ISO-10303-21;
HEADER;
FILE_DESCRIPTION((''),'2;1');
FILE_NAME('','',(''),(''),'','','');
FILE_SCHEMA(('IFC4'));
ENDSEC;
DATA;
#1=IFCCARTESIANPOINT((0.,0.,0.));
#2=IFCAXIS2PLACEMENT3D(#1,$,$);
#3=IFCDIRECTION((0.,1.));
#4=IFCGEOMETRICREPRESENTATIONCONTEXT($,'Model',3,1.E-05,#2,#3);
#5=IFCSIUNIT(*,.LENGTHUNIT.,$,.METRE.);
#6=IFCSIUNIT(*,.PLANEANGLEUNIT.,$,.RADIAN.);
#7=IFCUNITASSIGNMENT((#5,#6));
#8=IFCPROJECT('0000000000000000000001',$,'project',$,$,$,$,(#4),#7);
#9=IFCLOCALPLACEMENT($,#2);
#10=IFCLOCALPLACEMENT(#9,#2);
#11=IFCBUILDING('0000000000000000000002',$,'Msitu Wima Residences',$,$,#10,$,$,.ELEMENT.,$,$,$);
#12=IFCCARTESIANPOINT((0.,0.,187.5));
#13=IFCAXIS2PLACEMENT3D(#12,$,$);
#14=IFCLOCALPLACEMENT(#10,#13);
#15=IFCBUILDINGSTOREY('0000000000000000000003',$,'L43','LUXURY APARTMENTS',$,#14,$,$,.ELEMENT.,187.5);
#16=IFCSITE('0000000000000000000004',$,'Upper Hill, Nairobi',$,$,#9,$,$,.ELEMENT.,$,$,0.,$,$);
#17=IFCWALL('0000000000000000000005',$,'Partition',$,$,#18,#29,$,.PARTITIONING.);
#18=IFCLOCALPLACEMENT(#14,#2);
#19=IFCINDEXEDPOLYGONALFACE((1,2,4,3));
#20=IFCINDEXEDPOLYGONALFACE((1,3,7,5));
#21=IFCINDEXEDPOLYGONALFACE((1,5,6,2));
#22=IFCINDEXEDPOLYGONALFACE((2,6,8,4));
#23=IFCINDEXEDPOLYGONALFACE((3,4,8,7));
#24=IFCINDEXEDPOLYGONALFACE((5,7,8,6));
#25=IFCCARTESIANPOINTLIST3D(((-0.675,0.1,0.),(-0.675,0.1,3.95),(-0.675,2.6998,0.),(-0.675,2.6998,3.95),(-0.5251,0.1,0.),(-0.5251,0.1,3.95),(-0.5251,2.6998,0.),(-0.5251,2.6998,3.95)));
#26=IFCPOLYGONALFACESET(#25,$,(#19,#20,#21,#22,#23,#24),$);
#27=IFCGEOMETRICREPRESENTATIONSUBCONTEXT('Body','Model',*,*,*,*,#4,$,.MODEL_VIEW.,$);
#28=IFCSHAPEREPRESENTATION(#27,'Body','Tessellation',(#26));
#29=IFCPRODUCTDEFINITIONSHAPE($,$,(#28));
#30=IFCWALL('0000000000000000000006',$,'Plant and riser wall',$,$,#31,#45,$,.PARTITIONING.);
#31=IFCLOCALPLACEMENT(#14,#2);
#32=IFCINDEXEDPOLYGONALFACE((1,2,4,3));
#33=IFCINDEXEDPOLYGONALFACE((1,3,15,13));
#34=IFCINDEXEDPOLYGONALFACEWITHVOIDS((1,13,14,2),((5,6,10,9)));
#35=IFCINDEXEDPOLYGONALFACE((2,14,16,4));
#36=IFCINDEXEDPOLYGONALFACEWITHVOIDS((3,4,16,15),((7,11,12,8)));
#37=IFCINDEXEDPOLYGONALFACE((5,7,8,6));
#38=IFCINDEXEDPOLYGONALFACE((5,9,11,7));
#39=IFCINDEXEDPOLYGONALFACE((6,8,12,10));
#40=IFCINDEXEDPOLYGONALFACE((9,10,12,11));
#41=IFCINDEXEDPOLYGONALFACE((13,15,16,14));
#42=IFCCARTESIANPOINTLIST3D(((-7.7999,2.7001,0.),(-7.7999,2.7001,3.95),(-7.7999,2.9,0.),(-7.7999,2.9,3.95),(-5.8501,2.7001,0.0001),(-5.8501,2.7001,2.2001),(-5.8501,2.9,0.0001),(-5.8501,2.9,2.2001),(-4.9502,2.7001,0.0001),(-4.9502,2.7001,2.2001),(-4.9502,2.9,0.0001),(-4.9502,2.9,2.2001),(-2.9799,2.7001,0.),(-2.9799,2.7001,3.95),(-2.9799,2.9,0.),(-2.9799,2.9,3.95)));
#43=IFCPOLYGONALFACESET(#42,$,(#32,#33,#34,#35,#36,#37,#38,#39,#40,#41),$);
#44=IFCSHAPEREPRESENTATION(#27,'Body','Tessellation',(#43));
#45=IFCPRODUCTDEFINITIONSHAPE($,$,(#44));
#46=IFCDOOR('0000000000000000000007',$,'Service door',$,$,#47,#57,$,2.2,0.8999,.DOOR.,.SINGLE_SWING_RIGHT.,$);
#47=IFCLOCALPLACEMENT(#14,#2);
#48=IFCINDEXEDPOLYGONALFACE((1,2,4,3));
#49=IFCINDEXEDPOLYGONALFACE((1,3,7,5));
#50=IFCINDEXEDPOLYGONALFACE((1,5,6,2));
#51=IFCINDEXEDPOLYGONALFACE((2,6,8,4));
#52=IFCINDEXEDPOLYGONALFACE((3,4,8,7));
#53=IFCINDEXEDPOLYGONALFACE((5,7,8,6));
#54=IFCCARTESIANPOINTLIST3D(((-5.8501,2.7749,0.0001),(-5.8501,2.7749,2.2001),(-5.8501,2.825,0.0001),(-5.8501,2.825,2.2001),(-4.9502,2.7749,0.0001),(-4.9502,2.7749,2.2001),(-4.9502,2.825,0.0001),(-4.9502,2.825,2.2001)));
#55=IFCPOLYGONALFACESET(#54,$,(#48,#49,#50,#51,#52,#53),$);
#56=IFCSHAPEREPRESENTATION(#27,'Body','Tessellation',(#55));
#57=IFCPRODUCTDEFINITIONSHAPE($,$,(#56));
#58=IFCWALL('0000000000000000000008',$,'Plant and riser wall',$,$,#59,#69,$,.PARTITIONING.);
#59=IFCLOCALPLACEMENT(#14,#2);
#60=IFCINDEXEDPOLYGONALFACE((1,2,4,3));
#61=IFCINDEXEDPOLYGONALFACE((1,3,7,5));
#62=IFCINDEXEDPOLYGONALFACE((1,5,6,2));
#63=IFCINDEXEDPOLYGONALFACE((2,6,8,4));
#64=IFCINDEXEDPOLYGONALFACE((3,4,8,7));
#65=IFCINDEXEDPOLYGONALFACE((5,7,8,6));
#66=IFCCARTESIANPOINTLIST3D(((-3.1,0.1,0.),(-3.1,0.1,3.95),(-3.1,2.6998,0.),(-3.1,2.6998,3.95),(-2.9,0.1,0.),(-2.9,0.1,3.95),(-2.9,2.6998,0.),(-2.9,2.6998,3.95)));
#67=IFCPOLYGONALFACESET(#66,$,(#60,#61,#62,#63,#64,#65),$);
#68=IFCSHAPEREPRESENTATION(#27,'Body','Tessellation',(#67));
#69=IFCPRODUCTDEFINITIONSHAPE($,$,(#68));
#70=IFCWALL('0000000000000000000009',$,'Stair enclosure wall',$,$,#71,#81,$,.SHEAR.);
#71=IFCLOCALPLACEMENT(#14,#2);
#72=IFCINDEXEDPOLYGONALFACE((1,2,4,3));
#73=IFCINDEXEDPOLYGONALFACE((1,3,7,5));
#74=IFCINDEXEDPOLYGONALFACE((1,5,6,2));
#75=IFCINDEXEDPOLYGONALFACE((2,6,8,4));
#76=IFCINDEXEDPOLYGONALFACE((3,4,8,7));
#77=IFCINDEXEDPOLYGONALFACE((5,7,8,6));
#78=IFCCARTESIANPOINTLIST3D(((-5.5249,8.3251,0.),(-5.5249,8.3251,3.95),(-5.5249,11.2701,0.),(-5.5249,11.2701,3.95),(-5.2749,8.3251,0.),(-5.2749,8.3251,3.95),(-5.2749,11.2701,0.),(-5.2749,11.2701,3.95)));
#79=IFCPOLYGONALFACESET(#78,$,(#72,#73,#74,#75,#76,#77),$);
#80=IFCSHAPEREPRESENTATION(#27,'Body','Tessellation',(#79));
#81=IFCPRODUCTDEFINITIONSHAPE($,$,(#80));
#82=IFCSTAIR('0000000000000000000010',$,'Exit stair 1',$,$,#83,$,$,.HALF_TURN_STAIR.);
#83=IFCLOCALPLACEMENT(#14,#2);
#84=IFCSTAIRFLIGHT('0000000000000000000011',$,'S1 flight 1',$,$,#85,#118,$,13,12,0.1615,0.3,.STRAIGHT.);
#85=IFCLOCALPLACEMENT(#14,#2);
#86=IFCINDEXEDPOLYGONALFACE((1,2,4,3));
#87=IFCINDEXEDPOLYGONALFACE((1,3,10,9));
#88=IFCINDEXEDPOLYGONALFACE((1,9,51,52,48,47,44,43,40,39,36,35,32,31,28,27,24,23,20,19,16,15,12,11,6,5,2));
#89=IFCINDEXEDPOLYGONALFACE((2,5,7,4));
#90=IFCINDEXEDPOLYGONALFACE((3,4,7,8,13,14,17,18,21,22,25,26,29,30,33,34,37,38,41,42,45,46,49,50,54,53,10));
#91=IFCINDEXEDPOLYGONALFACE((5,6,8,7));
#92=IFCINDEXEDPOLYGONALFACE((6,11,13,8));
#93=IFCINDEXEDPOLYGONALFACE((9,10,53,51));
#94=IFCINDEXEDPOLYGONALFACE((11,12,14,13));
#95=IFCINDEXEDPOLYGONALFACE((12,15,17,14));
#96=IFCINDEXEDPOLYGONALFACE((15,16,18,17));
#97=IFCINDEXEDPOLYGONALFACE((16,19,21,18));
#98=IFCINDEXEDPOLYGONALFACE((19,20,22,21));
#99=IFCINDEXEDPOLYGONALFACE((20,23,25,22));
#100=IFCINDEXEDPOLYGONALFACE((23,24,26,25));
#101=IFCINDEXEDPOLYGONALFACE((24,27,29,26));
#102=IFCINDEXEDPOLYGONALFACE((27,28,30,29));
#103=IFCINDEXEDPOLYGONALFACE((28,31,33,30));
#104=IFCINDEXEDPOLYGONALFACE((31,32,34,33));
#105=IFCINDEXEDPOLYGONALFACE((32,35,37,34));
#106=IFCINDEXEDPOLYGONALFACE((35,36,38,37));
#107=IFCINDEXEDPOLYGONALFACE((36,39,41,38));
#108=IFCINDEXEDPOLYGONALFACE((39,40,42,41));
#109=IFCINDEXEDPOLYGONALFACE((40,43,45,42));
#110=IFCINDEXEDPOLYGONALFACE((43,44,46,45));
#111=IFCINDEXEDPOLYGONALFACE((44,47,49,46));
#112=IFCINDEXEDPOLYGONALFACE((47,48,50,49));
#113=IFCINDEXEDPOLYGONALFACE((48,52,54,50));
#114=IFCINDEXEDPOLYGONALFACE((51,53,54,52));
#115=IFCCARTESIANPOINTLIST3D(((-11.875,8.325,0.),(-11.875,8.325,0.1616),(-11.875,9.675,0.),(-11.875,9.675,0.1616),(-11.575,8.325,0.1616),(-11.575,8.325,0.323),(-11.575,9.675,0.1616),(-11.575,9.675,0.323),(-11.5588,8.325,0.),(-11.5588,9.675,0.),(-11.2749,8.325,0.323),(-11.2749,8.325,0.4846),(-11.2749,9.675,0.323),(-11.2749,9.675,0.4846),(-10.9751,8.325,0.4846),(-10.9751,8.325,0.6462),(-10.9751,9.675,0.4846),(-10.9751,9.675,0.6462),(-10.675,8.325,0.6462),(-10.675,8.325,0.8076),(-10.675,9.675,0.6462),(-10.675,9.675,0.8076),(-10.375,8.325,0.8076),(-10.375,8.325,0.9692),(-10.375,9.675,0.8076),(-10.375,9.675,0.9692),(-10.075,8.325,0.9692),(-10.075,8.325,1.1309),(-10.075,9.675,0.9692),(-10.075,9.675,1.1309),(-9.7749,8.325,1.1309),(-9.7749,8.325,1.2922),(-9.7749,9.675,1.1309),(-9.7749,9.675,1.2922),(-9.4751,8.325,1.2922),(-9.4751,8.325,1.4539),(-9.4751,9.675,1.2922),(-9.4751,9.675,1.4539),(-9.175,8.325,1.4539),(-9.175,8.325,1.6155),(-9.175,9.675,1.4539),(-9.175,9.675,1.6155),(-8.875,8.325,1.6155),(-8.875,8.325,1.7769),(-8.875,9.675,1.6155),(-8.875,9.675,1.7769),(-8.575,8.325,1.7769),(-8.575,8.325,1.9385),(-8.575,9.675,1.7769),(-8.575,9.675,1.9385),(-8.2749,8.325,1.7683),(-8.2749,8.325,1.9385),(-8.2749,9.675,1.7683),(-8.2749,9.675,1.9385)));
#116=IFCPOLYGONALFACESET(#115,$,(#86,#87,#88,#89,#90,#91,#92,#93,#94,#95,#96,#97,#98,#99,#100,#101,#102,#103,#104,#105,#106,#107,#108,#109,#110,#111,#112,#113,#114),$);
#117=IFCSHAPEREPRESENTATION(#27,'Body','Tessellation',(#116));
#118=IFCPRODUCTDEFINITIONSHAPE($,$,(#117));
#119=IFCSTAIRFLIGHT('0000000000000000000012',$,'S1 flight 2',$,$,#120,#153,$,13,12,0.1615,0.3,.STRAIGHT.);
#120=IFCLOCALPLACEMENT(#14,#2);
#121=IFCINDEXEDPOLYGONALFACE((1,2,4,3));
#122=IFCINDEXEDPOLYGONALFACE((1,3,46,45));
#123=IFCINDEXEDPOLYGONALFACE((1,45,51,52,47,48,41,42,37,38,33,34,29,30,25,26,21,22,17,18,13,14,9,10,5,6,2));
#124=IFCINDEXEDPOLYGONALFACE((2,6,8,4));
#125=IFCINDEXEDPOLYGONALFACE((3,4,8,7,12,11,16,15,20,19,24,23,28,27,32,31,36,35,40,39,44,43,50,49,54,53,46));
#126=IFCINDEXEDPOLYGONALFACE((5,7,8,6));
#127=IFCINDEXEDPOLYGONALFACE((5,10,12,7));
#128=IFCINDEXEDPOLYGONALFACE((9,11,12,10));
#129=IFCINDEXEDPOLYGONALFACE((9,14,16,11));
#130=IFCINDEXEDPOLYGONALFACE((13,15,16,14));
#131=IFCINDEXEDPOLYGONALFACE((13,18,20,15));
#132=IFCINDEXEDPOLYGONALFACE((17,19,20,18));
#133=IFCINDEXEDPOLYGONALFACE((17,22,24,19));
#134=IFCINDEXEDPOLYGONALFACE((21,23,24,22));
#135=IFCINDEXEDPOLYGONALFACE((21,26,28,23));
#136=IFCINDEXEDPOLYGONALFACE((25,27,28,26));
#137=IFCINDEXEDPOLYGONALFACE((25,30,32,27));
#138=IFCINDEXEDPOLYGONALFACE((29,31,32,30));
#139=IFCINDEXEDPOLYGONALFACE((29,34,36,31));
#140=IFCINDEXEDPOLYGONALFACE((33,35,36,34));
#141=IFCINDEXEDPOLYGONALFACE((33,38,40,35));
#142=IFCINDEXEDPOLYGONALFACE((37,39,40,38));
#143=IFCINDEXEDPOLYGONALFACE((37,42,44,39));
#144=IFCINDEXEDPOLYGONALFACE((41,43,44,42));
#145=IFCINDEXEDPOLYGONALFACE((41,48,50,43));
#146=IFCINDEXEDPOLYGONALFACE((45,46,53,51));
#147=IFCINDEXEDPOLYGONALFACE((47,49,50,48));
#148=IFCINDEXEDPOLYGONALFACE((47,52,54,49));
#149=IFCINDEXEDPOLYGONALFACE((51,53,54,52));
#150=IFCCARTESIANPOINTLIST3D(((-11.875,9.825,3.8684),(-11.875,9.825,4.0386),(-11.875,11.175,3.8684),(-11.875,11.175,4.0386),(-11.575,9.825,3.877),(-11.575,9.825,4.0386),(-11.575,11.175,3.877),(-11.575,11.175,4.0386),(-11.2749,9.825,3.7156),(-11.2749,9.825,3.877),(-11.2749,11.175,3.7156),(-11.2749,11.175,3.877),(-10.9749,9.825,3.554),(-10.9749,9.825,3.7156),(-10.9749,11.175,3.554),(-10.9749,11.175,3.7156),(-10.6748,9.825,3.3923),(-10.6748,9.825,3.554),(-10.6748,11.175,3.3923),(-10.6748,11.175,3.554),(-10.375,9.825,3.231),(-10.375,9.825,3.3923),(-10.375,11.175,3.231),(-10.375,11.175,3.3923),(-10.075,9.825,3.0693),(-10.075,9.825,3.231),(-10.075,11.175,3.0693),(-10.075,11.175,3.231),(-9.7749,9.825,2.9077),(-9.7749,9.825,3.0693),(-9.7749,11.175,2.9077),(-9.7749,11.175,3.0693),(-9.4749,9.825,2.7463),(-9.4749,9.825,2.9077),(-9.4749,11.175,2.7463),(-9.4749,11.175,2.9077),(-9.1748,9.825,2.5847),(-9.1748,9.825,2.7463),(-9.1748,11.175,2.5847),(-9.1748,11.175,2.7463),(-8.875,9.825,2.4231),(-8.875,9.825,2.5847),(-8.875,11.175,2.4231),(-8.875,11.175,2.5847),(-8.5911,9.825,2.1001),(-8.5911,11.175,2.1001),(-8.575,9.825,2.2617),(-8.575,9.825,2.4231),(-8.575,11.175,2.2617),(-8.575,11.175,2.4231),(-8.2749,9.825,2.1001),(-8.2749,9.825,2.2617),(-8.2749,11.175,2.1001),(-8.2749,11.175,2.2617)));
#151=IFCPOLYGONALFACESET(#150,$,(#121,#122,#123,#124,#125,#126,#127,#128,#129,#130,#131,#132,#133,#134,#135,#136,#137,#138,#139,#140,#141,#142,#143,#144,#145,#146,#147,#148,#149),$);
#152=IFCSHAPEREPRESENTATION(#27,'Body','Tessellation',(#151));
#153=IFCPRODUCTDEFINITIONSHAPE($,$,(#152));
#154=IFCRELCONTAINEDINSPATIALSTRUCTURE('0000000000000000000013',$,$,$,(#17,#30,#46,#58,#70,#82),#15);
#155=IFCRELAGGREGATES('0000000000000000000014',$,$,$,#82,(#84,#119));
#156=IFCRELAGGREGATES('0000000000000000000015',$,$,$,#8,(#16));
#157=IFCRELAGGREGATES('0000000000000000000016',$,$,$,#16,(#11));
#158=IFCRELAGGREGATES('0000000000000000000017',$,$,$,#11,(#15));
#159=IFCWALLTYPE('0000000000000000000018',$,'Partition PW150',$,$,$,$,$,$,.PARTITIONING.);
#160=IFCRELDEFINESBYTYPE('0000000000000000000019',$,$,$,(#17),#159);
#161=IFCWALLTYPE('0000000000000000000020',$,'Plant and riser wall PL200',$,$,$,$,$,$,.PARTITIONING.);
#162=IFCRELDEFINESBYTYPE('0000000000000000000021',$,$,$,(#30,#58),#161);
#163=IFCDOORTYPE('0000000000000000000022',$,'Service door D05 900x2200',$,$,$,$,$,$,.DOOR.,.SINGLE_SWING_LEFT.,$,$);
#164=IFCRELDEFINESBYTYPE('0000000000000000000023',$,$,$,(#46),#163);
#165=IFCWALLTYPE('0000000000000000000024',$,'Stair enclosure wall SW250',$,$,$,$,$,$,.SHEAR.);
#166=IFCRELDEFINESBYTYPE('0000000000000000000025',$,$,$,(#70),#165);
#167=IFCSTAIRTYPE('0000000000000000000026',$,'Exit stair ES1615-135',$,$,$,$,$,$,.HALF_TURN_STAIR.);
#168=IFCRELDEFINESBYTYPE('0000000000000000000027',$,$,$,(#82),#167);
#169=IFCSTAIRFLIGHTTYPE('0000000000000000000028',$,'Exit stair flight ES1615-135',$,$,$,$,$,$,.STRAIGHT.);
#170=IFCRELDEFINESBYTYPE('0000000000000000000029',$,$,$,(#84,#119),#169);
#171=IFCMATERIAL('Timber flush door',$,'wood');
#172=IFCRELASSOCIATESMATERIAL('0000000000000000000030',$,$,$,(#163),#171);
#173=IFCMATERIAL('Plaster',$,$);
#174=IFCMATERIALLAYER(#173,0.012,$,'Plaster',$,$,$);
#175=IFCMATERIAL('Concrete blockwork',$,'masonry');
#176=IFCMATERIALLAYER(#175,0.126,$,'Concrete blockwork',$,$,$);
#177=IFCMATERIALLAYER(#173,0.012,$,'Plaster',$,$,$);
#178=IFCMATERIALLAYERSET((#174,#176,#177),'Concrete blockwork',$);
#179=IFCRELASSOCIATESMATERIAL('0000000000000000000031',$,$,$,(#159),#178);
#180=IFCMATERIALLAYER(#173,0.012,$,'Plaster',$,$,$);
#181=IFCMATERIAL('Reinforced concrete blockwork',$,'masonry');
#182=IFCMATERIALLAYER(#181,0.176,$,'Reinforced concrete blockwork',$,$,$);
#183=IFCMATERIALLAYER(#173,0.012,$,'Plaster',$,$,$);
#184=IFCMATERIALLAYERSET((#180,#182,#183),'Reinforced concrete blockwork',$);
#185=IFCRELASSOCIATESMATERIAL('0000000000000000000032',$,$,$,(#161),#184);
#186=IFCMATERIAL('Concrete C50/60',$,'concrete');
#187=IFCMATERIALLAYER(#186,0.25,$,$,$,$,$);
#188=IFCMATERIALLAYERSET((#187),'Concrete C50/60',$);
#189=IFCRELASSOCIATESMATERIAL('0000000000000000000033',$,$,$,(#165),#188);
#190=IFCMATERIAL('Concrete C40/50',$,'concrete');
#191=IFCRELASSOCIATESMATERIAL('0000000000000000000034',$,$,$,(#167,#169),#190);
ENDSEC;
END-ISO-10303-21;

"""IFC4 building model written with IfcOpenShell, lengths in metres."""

from ifc_helpers import new_model, si_unit, direction, frame, frame_2d, origin, place, context, subcontext, project, spatial, polyline, rectangle, outline, extrude, material, layer, layer_set, type_object, element, fill, aggregate, save


model = new_model("IFC4")

# Units and contexts
model_context = context("Model", 3, precision=1e-05, world=origin(), true_north=direction((0.0, 1.0)))
body_context = subcontext(model_context, "Body", "Model", "MODEL_VIEW")
ifc_project = project(units=[si_unit("LENGTHUNIT", "METRE"), si_unit("PLANEANGLEUNIT", "RADIAN")], contexts=[model_context])

# Site, building, storey
site_placement = place(None, origin())
site = spatial("IfcSite", under=ifc_project, at=site_placement, Name="Upper Hill, Nairobi", CompositionType="ELEMENT", RefElevation=0.0)
building_placement = place(site_placement, origin())
building = spatial("IfcBuilding", under=site, at=building_placement, Name="Msitu Wima Residences", CompositionType="ELEMENT")
storey_placement = place(building_placement, frame((0.0, 0.0, 187.5)))
storey = spatial("IfcBuildingStorey", under=building, at=storey_placement, Name="L43", Description="LUXURY APARTMENTS", CompositionType="ELEMENT", Elevation=187.5)

# Shared definitions
ifc_material_1 = material(Name="Concrete C40/50", Category="concrete")

# Shared definitions
ifc_material_2 = material(Name="Plaster")
ifc_material_3 = material(Name="Concrete blockwork", Category="masonry")
ifc_material_4 = material(Name="Timber flush door", Category="wood")
door_type_1 = type_object("IfcDoorType", Name="Service door D05 900x2200", OperationType="SINGLE_SWING_LEFT", PredefinedType="DOOR", material=ifc_material_4)

# Wall
ifc_layer_1 = layer(ifc_material_2, 0.012, Name="Plaster")
ifc_layer_2 = layer(ifc_material_3, 0.126, Name="Concrete blockwork")
ifc_layer_3 = layer(ifc_material_2, 0.012, Name="Plaster")
ifc_layer_set_1 = layer_set([ifc_layer_1, ifc_layer_2, ifc_layer_3], Name="Concrete blockwork")
wall_type_1 = type_object("IfcWallType", Name="Partition PW150", PredefinedType="PARTITIONING", material=ifc_layer_set_1)
wall_1_placement = place(storey_placement, frame((-0.6001, 0.1001, 0.0), z_axis=(0.0, 0.0, 1.0), x_axis=(0.0, 1.0, 0.0)))
element("IfcWall", 1, at=wall_1_placement, inside=storey, type_object=wall_type_1, Name="Partition", PredefinedType="PARTITIONING", context=body_context, shape_type="SweptSolid", body=[
    extrude(rectangle(XDim=2.5999, YDim=0.1499, at=frame_2d((1.2998, 0.0))), origin(), (0.0, 0.0, 1.0), 3.95),
])

# Wall, opening, door
ifc_layer_4 = layer(ifc_material_2, 0.012, Name="Plaster")
ifc_material_5 = material(Name="Reinforced concrete blockwork", Category="masonry")
ifc_layer_5 = layer(ifc_material_5, 0.176, Name="Reinforced concrete blockwork")
ifc_layer_6 = layer(ifc_material_2, 0.012, Name="Plaster")
ifc_layer_set_2 = layer_set([ifc_layer_4, ifc_layer_5, ifc_layer_6], Name="Reinforced concrete blockwork")
wall_type_2 = type_object("IfcWallType", Name="Plant and riser wall PL200", PredefinedType="PARTITIONING", material=ifc_layer_set_2)
wall_2_placement = place(storey_placement, frame((-7.8, 2.8, 0.0), z_axis=(0.0, 0.0, 1.0), x_axis=(1.0, 0.0, 0.0)))
wall_2 = element("IfcWall", 2, at=wall_2_placement, inside=storey, type_object=wall_type_2, Name="Plant and riser wall", PredefinedType="PARTITIONING", context=body_context, shape_type="SweptSolid", body=[
    extrude(rectangle(XDim=4.8201, YDim=0.2, at=frame_2d((2.4102, 0.0))), origin(), (0.0, 0.0, 1.0), 3.95),
])
opening_1_placement = place(wall_2_placement, frame((1.95, 0.0, 0.0)))
opening_1 = element("IfcOpeningElement", 3, at=opening_1_placement, cuts=wall_2, PredefinedType="OPENING", context=body_context, shape_type="SweptSolid", body=[
    extrude(rectangle(XDim=0.8999, YDim=2.2, at=frame_2d((0.45, 1.1001))), frame((0.0, 0.1099, 0.0), z_axis=(0.0, -1.0, 0.0), x_axis=(1.0, 0.0, 0.0)), (0.0, 0.0, 1.0), 0.22),
])
door_1_placement = place(opening_1_placement, origin())
door_1 = element("IfcDoor", 4, at=door_1_placement, inside=storey, type_object=door_type_1, Name="Service door", OperationType="SINGLE_SWING_RIGHT", OverallHeight=2.2, OverallWidth=0.8999, PredefinedType="DOOR", context=body_context, shape_type="SweptSolid", body=[
    extrude(rectangle(XDim=0.8999, YDim=2.2, at=frame_2d((0.45, 1.1001))), frame((0.0, 0.0249, 0.0), z_axis=(0.0, -1.0, 0.0), x_axis=(1.0, 0.0, 0.0)), (0.0, 0.0, 1.0), 0.05),
])
fill(opening_1, door_1)

# Walls
wall_3_placement = place(storey_placement, frame((-3.0, 0.1001, 0.0), z_axis=(0.0, 0.0, 1.0), x_axis=(0.0, 1.0, 0.0)))
element("IfcWall", 5, at=wall_3_placement, inside=storey, type_object=wall_type_2, Name="Plant and riser wall", PredefinedType="PARTITIONING", context=body_context, shape_type="SweptSolid", body=[
    extrude(rectangle(XDim=2.5999, YDim=0.2, at=frame_2d((1.2998, 0.0))), origin(), (0.0, 0.0, 1.0), 3.95),
])
ifc_material_6 = material(Name="Concrete C50/60", Category="concrete")
ifc_layer_7 = layer(ifc_material_6, 0.25)
ifc_layer_set_3 = layer_set([ifc_layer_7], Name="Concrete C50/60")
wall_type_3 = type_object("IfcWallType", Name="Stair enclosure wall SW250", PredefinedType="SHEAR", material=ifc_layer_set_3)
wall_4_placement = place(storey_placement, frame((-5.3999, 8.325, 0.0), z_axis=(0.0, 0.0, 1.0), x_axis=(0.0, 1.0, 0.0)))
element("IfcWall", 6, at=wall_4_placement, inside=storey, type_object=wall_type_3, Name="Stair enclosure wall", PredefinedType="SHEAR", context=body_context, shape_type="SweptSolid", body=[
    extrude(rectangle(XDim=2.9451, YDim=0.25, at=frame_2d((1.4727, 0.0))), origin(), (0.0, 0.0, 1.0), 3.95),
])

# Stair, stair flights
stair_type = type_object("IfcStairType", Name="Exit stair ES1615-135", PredefinedType="HALF_TURN_STAIR", material=ifc_material_1)
stair_placement = place(storey_placement, origin())
stair = element("IfcStair", 7, at=stair_placement, inside=storey, type_object=stair_type, Name="Exit stair 1", PredefinedType="HALF_TURN_STAIR")
stair_flight_type = type_object("IfcStairFlightType", Name="Exit stair flight ES1615-135", PredefinedType="STRAIGHT", material=ifc_material_1)
stair_flight_1_placement = place(storey_placement, frame((-11.875, 9.0, 0.0), z_axis=(0.0, 0.0, 1.0), x_axis=(1.0, 0.0, 0.0)))
stair_flight_1 = element("IfcStairFlight", 8, at=stair_flight_1_placement, type_object=stair_flight_type, Name="S1 flight 1", NumberOfRisers=13, NumberOfTreads=12, PredefinedType="STRAIGHT", RiserHeight=0.1615, TreadLength=0.3, context=body_context, shape_type="SweptSolid", body=[
    extrude(outline(polyline([(0.0, 0.0), (0.0, 0.1616), (0.3, 0.1616), (0.3, 0.323), (0.6001, 0.323), (0.6001, 0.4846), (0.8999, 0.4846), (0.8999, 0.6462), (1.2, 0.6462), (1.2, 0.8076), (1.5, 0.8076), (1.5, 0.9692), (1.8, 0.9692), (1.8, 1.1309), (2.1001, 1.1309), (2.1001, 1.2922), (2.3999, 1.2922), (2.3999, 1.4539), (2.7, 1.4539), (2.7, 1.6155), (3.0, 1.6155), (3.0, 1.7769), (3.3, 1.7769), (3.3, 1.9385), (3.6001, 1.9385), (3.6001, 2.1001), (3.6001, 1.7683), (0.3162, 0.0), (0.0, 0.0)])), frame((0.0, 0.675, 0.0), z_axis=(0.0, -1.0, 0.0), x_axis=(1.0, 0.0, 0.0)), (0.0, 0.0, 1.0), 1.3501),
])
stair_flight_2_placement = place(storey_placement, frame((-8.2749, 10.5, 2.1001), z_axis=(0.0, 0.0, 1.0), x_axis=(-1.0, 0.0, 0.0)))
stair_flight_2 = element("IfcStairFlight", 9, at=stair_flight_2_placement, type_object=stair_flight_type, Name="S1 flight 2", NumberOfRisers=13, NumberOfTreads=12, PredefinedType="STRAIGHT", RiserHeight=0.1615, TreadLength=0.3, context=body_context, shape_type="SweptSolid", body=[
    extrude(outline(polyline([(0.0, 0.0), (0.0, 0.1616), (0.3, 0.1616), (0.3, 0.323), (0.6001, 0.323), (0.6001, 0.4846), (0.8999, 0.4846), (0.8999, 0.6462), (1.2, 0.6462), (1.2, 0.8076), (1.5, 0.8076), (1.5, 0.9692), (1.8, 0.9692), (1.8, 1.1309), (2.1001, 1.1309), (2.1001, 1.2922), (2.3999, 1.2922), (2.3999, 1.4539), (2.7, 1.4539), (2.7, 1.6155), (3.0, 1.6155), (3.0, 1.7769), (3.3, 1.7769), (3.3, 1.9385), (3.6001, 1.9385), (3.6001, 2.1001), (3.6001, 1.7683), (0.3162, 0.0), (0.0, 0.0)])), frame((0.0, 0.675, 0.0), z_axis=(0.0, -1.0, 0.0), x_axis=(1.0, 0.0, 0.0)), (0.0, 0.0, 1.0), 1.3501),
])
aggregate(stair, [stair_flight_1, stair_flight_2])

save(model, "model.ifc")
